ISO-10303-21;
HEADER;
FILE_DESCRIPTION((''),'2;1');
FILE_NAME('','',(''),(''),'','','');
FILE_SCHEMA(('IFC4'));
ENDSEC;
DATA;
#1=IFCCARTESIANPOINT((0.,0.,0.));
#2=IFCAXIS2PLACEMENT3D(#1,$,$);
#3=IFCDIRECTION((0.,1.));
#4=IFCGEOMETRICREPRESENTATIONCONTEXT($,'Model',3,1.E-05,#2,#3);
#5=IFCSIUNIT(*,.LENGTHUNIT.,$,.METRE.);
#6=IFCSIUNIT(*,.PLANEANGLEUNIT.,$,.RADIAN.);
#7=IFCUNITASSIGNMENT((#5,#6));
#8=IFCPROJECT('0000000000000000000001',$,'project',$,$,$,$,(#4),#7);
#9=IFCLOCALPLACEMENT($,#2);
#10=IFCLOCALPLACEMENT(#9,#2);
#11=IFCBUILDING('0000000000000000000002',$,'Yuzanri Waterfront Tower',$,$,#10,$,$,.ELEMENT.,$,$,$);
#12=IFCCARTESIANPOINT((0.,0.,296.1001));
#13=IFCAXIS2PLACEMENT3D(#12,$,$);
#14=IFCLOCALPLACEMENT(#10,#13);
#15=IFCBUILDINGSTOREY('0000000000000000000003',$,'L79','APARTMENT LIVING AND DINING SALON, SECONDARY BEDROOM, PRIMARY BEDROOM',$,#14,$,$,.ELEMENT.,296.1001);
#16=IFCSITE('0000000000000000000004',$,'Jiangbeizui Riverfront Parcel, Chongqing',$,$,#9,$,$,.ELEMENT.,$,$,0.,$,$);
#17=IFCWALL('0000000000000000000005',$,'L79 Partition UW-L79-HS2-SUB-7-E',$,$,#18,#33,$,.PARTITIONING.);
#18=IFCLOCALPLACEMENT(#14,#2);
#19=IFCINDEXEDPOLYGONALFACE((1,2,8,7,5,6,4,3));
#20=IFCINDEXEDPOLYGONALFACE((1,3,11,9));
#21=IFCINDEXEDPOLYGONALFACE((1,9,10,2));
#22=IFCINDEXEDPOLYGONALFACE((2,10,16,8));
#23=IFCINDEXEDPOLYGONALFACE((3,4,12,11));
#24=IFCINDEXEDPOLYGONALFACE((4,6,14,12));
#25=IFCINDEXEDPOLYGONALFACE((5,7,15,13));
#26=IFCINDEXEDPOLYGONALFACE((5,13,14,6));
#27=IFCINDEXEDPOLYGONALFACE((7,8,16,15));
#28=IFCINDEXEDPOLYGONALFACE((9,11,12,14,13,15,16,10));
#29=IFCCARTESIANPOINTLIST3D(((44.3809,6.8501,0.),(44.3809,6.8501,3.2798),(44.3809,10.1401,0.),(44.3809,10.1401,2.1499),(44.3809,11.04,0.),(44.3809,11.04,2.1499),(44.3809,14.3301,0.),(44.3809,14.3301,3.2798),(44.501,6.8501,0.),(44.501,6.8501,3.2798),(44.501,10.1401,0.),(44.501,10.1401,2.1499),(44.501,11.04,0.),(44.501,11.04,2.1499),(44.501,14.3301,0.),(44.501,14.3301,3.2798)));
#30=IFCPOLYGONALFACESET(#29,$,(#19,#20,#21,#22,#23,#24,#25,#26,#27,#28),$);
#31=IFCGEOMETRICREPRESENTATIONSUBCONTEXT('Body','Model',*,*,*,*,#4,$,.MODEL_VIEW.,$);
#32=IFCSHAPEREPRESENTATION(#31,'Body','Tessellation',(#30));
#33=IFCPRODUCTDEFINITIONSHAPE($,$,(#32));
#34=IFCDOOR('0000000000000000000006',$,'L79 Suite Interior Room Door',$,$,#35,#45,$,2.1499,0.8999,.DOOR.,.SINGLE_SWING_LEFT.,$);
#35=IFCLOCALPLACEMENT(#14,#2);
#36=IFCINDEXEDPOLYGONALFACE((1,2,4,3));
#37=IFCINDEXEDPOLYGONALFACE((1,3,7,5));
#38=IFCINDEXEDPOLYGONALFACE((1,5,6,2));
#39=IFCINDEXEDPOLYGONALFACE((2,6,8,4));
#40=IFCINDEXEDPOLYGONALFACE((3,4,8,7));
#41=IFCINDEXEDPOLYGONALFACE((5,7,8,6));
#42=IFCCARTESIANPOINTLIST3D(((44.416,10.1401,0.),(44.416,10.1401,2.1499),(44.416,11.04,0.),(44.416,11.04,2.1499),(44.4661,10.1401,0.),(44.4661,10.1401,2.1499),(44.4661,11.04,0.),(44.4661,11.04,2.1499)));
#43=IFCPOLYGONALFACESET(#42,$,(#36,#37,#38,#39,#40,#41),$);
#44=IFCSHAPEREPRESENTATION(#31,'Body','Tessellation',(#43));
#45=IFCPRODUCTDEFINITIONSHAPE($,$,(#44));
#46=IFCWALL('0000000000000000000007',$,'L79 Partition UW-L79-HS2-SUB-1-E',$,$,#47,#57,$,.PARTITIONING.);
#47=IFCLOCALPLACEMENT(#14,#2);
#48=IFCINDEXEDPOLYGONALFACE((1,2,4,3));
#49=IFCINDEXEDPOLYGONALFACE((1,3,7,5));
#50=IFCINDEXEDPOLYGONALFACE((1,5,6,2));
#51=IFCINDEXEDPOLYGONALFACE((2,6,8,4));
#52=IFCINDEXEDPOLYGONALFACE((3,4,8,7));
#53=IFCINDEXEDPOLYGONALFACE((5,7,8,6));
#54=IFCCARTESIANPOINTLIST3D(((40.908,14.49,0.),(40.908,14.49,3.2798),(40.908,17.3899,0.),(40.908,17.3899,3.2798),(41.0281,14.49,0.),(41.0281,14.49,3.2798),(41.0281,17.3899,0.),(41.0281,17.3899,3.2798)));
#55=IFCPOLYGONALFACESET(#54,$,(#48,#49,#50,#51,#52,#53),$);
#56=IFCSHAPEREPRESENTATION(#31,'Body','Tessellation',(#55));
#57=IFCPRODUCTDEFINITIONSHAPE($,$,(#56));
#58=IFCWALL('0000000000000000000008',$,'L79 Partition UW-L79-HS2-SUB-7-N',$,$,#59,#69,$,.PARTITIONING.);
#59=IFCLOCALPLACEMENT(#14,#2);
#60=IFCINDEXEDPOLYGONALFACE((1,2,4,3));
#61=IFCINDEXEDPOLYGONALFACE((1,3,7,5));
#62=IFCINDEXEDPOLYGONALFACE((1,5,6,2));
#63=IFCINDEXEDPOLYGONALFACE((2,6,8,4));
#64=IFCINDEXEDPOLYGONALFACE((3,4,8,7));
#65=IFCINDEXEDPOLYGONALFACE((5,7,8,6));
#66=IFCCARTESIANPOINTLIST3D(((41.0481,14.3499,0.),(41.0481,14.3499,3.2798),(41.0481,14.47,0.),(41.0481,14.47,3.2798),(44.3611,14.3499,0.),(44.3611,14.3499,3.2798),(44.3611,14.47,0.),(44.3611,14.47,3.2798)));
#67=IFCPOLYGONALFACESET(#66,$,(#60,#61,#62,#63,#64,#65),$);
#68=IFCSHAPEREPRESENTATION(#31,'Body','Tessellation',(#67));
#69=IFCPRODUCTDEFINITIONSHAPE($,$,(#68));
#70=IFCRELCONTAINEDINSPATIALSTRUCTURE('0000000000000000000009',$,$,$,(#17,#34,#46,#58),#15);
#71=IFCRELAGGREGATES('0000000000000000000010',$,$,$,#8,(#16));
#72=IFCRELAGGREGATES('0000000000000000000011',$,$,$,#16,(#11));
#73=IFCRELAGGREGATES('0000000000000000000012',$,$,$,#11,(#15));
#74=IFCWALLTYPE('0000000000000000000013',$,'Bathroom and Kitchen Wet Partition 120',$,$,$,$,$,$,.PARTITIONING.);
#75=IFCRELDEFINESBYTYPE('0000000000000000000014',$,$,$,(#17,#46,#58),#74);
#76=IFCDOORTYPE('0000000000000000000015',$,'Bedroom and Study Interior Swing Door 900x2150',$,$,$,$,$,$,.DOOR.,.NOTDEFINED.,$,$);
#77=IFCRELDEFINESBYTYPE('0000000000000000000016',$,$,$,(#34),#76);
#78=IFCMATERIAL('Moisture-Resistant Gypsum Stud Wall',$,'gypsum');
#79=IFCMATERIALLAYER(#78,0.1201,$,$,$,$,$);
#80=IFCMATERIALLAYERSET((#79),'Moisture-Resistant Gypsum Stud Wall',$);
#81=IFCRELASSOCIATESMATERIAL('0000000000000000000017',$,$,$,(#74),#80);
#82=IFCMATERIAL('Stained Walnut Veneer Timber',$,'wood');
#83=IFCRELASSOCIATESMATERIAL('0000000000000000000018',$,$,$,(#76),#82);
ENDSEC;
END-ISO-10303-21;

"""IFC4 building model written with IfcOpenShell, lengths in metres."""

from ifc_helpers import new_model, si_unit, direction, frame, frame_2d, origin, place, context, subcontext, project, spatial, rectangle, extrude, source, transform, mapped, material, layer, layer_set, type_object, element, fill, save


model = new_model("IFC4")

# Units and contexts
model_context = context("Model", 3, precision=1e-05, world=origin(), true_north=direction((0.0, 1.0)))
body_context = subcontext(model_context, "Body", "Model", "MODEL_VIEW")
ifc_project = project(units=[si_unit("LENGTHUNIT", "METRE"), si_unit("PLANEANGLEUNIT", "RADIAN")], contexts=[model_context])

# Site, building, storey
site_placement = place(None, origin())
site = spatial("IfcSite", under=ifc_project, at=site_placement, Name="Jiangbeizui Riverfront Parcel, Chongqing", CompositionType="ELEMENT", RefElevation=0.0)
building_placement = place(site_placement, origin())
building = spatial("IfcBuilding", under=site, at=building_placement, Name="Yuzanri Waterfront Tower", CompositionType="ELEMENT")
storey_placement = place(building_placement, frame((0.0, 0.0, 296.1001)))
storey = spatial("IfcBuildingStorey", under=building, at=storey_placement, Name="L79", Description="APARTMENT LIVING AND DINING SALON, SECONDARY BEDROOM, PRIMARY BEDROOM", CompositionType="ELEMENT", Elevation=296.1001)

# Wall, opening, door
ifc_material_1 = material(Name="Moisture-Resistant Gypsum Stud Wall", Category="gypsum")
ifc_layer_1 = layer(ifc_material_1, 0.1201)
ifc_layer_set_1 = layer_set([ifc_layer_1], Name="Moisture-Resistant Gypsum Stud Wall")
wall_type = type_object("IfcWallType", Name="Bathroom and Kitchen Wet Partition 120", PredefinedType="PARTITIONING", material=ifc_layer_set_1)
ifc_material_2 = material(Name="Stained Walnut Veneer Timber", Category="wood")
door_type_1 = type_object("IfcDoorType", Name="Bedroom and Study Interior Swing Door 900x2150", OperationType="NOTDEFINED", PredefinedType="DOOR", material=ifc_material_2)
shared_shape_1 = source(origin(), body_context, "Body", "SweptSolid", [
    extrude(rectangle(XDim=0.8999, YDim=2.1499, at=frame_2d((0.45, 1.075))), frame((0.0, 0.0249, 0.0), z_axis=(0.0, -1.0, 0.0), x_axis=(1.0, 0.0, 0.0)), (0.0, 0.0, 1.0), 0.05),
])
wall_1_placement = place(storey_placement, frame((44.4409, 6.8501, 0.0), z_axis=(0.0, 0.0, 1.0), x_axis=(0.0, 1.0, 0.0)))
wall_1 = element("IfcWall", 1, at=wall_1_placement, inside=storey, type_object=wall_type, Name="L79 Partition UW-L79-HS2-SUB-7-E", PredefinedType="PARTITIONING", context=body_context, shape_type="SweptSolid", body=[
    extrude(rectangle(XDim=7.48, YDim=0.1201, at=frame_2d((3.74, 0.0))), origin(), (0.0, 0.0, 1.0), 3.2798),
])
opening_1_placement = place(wall_1_placement, frame((3.29, 0.0, 0.0)))
opening_1 = element("IfcOpeningElement", 2, at=opening_1_placement, cuts=wall_1, PredefinedType="OPENING", context=body_context, shape_type="SweptSolid", body=[
    extrude(rectangle(XDim=0.8999, YDim=2.1499, at=frame_2d((0.45, 1.075))), frame((0.0, 0.075, 0.0), z_axis=(0.0, -1.0, 0.0), x_axis=(1.0, 0.0, 0.0)), (0.0, 0.0, 1.0), 0.1499),
])
door_1_placement = place(opening_1_placement, origin())
door_1 = element("IfcDoor", 3, at=door_1_placement, inside=storey, type_object=door_type_1, Name="L79 Suite Interior Room Door", OperationType="SINGLE_SWING_LEFT", OverallHeight=2.1499, OverallWidth=0.8999, PredefinedType="DOOR", context=body_context, shape_type="MappedRepresentation", body=[
    mapped(shared_shape_1, transform((0.0, 0.0, 0.0), scale=1.0)),
])
fill(opening_1, door_1)

# Walls
shared_shape_2 = source(origin(), body_context, "Body", "SweptSolid", [
    extrude(rectangle(XDim=2.8999, YDim=0.1201, at=frame_2d((1.45, 0.0))), origin(), (0.0, 0.0, 1.0), 3.2798),
])
wall_2_placement = place(storey_placement, frame((40.968, 14.49, 0.0), z_axis=(0.0, 0.0, 1.0), x_axis=(0.0, 1.0, 0.0)))
element("IfcWall", 4, at=wall_2_placement, inside=storey, type_object=wall_type, Name="L79 Partition UW-L79-HS2-SUB-1-E", PredefinedType="PARTITIONING", context=body_context, shape_type="MappedRepresentation", body=[
    mapped(shared_shape_2, transform((0.0, 0.0, 0.0), scale=1.0)),
])
shared_shape_3 = source(origin(), body_context, "Body", "SweptSolid", [
    extrude(rectangle(XDim=3.313, YDim=0.1201, at=frame_2d((1.6565, 0.0))), origin(), (0.0, 0.0, 1.0), 3.2798),
])
wall_3_placement = place(storey_placement, frame((41.0481, 14.4099, 0.0), z_axis=(0.0, 0.0, 1.0), x_axis=(1.0, 0.0, 0.0)))
element("IfcWall", 5, at=wall_3_placement, inside=storey, type_object=wall_type, Name="L79 Partition UW-L79-HS2-SUB-7-N", PredefinedType="PARTITIONING", context=body_context, shape_type="MappedRepresentation", body=[
    mapped(shared_shape_3, transform((0.0, 0.0, 0.0), scale=1.0)),
])

save(model, "model.ifc")
